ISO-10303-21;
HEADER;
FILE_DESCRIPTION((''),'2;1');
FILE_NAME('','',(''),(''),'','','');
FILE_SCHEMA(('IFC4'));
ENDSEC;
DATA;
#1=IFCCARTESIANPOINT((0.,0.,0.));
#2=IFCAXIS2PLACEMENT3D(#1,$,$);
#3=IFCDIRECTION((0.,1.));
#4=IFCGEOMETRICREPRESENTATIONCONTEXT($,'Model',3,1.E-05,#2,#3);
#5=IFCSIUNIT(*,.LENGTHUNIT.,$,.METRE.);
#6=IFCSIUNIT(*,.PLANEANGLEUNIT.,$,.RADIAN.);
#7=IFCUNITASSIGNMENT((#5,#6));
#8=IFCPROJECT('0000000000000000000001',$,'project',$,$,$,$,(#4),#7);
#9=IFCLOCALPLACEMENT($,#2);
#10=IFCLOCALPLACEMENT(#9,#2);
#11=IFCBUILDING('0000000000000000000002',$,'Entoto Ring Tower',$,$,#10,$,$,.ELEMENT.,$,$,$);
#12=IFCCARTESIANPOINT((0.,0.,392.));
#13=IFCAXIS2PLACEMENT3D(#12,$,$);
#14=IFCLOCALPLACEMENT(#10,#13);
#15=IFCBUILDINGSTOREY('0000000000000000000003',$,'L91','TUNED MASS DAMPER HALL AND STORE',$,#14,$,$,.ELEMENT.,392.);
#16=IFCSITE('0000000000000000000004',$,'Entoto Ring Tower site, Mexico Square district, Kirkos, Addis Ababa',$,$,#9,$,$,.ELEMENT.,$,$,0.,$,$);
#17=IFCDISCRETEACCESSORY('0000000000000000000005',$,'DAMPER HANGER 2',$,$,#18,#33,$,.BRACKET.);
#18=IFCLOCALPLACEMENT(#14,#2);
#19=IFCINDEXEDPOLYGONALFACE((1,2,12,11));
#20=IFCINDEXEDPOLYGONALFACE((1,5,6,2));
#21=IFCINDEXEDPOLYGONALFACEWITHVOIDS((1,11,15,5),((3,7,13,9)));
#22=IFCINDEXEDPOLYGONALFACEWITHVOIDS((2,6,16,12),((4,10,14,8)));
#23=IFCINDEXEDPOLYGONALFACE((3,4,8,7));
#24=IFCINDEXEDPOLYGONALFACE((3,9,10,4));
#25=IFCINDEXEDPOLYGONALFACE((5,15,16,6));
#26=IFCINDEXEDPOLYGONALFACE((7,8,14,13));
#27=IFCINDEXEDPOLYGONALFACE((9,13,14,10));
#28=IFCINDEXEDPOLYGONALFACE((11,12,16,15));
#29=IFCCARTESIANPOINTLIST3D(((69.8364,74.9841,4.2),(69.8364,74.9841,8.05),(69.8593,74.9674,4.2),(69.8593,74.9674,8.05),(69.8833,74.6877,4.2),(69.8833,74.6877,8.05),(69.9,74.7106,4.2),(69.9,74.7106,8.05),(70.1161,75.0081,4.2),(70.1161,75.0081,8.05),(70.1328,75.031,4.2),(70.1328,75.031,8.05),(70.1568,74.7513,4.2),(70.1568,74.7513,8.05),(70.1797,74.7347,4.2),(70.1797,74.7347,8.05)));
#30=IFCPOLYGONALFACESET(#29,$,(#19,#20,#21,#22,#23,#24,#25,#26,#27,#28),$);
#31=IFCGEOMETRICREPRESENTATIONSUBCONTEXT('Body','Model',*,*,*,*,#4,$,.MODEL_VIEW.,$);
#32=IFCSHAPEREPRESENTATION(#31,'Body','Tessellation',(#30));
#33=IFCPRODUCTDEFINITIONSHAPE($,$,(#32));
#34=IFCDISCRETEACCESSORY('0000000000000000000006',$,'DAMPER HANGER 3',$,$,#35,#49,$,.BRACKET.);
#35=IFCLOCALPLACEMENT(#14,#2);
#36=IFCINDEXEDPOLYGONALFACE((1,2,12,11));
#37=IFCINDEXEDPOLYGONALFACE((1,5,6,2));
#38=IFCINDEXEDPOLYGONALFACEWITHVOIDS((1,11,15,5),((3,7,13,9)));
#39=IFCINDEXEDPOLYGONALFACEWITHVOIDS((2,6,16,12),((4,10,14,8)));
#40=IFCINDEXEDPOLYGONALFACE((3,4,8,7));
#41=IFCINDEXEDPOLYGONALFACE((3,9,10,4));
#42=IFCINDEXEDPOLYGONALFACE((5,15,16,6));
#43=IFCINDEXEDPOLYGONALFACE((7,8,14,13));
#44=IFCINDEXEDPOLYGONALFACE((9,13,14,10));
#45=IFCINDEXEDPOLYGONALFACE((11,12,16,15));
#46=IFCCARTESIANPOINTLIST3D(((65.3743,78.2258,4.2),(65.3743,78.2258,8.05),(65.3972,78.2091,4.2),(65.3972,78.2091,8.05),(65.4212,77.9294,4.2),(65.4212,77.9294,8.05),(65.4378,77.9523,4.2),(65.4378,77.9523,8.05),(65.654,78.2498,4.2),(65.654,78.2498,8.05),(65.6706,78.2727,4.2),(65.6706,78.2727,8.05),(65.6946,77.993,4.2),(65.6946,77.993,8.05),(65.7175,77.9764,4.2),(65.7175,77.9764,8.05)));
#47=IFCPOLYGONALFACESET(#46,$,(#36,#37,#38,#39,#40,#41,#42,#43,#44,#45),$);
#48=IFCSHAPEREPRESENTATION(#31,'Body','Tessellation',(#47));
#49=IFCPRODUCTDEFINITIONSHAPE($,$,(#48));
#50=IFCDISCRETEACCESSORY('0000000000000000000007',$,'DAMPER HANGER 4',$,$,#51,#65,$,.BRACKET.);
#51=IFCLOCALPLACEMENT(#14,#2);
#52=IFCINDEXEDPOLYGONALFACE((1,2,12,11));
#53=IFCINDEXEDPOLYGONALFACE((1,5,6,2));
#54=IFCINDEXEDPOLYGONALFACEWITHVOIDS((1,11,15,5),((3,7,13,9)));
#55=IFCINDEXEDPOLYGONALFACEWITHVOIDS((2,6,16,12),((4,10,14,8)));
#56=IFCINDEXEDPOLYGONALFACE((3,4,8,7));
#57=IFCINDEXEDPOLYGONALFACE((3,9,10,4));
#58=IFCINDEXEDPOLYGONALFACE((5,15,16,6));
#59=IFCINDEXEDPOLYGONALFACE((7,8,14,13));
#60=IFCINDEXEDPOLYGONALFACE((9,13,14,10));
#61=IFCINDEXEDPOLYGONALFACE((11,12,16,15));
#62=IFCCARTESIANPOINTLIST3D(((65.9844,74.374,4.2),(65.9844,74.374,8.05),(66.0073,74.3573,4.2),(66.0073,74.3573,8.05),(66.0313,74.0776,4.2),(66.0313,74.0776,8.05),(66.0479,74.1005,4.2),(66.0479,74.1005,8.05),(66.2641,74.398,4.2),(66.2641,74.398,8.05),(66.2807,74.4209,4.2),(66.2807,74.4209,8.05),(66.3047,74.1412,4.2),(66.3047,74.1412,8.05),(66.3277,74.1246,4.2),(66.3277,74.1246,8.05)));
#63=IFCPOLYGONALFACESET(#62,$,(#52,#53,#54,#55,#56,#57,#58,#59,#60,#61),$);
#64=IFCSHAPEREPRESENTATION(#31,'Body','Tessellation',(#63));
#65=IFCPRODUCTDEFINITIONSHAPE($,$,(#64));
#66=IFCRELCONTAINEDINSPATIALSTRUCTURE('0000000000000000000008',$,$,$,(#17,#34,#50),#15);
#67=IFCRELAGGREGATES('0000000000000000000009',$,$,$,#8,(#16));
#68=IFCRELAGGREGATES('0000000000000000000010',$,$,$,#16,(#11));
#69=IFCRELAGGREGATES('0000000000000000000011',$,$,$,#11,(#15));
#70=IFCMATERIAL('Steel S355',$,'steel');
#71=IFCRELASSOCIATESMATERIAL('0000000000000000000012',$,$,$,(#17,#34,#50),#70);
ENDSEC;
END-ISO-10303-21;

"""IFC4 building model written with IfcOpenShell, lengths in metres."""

from ifc_helpers import new_model, si_unit, direction, frame, origin, origin_2d, place, context, subcontext, project, spatial, hollow_rectangle, extrude, material, element, save


model = new_model("IFC4")

# Units and contexts
model_context = context("Model", 3, precision=1e-05, world=origin(), true_north=direction((0.0, 1.0)))
body_context = subcontext(model_context, "Body", "Model", "MODEL_VIEW")
ifc_project = project(units=[si_unit("LENGTHUNIT", "METRE"), si_unit("PLANEANGLEUNIT", "RADIAN")], contexts=[model_context])

# Site, building, storey
site_placement = place(None, origin())
site = spatial("IfcSite", under=ifc_project, at=site_placement, Name="Entoto Ring Tower site, Mexico Square district, Kirkos, Addis Ababa", CompositionType="ELEMENT", RefElevation=0.0)
building_placement = place(site_placement, origin())
building = spatial("IfcBuilding", under=site, at=building_placement, Name="Entoto Ring Tower", CompositionType="ELEMENT")
storey_placement = place(building_placement, frame((0.0, 0.0, 392.0)))
storey = spatial("IfcBuildingStorey", under=building, at=storey_placement, Name="L91", Description="TUNED MASS DAMPER HALL AND STORE", CompositionType="ELEMENT", Elevation=392.0)

# Discrete accessories
ifc_material_1 = material(Name="Steel S355", Category="steel")
for number, where, z_axis, x_axis, name in (
    (1, (70.0081, 74.8594, 4.2), (0.0, 0.0, 1.0), (0.156434, -0.987688, 0.0), "DAMPER HANGER 2"),
    (2, (65.5459, 78.1011, 4.2), (0.0, 0.0, 1.0), (0.156434, -0.987688, 0.0), "DAMPER HANGER 3"),
    (3, (66.156, 74.2493, 4.2), (0.0, 0.0, 1.0), (0.156434, -0.987688, 0.0), "DAMPER HANGER 4"),
):
    element("IfcDiscreteAccessory", number, at=place(storey_placement, frame(where, z_axis=z_axis, x_axis=x_axis)), inside=storey, material=ifc_material_1, Name=name, PredefinedType="BRACKET", context=body_context, shape_type="SweptSolid", body=[
        extrude(hollow_rectangle(XDim=0.3, YDim=0.3, WallThickness=0.02, at=origin_2d()), origin(), (0.0, 0.0, 1.0), 3.8501),
    ])

save(model, "model.ifc")
